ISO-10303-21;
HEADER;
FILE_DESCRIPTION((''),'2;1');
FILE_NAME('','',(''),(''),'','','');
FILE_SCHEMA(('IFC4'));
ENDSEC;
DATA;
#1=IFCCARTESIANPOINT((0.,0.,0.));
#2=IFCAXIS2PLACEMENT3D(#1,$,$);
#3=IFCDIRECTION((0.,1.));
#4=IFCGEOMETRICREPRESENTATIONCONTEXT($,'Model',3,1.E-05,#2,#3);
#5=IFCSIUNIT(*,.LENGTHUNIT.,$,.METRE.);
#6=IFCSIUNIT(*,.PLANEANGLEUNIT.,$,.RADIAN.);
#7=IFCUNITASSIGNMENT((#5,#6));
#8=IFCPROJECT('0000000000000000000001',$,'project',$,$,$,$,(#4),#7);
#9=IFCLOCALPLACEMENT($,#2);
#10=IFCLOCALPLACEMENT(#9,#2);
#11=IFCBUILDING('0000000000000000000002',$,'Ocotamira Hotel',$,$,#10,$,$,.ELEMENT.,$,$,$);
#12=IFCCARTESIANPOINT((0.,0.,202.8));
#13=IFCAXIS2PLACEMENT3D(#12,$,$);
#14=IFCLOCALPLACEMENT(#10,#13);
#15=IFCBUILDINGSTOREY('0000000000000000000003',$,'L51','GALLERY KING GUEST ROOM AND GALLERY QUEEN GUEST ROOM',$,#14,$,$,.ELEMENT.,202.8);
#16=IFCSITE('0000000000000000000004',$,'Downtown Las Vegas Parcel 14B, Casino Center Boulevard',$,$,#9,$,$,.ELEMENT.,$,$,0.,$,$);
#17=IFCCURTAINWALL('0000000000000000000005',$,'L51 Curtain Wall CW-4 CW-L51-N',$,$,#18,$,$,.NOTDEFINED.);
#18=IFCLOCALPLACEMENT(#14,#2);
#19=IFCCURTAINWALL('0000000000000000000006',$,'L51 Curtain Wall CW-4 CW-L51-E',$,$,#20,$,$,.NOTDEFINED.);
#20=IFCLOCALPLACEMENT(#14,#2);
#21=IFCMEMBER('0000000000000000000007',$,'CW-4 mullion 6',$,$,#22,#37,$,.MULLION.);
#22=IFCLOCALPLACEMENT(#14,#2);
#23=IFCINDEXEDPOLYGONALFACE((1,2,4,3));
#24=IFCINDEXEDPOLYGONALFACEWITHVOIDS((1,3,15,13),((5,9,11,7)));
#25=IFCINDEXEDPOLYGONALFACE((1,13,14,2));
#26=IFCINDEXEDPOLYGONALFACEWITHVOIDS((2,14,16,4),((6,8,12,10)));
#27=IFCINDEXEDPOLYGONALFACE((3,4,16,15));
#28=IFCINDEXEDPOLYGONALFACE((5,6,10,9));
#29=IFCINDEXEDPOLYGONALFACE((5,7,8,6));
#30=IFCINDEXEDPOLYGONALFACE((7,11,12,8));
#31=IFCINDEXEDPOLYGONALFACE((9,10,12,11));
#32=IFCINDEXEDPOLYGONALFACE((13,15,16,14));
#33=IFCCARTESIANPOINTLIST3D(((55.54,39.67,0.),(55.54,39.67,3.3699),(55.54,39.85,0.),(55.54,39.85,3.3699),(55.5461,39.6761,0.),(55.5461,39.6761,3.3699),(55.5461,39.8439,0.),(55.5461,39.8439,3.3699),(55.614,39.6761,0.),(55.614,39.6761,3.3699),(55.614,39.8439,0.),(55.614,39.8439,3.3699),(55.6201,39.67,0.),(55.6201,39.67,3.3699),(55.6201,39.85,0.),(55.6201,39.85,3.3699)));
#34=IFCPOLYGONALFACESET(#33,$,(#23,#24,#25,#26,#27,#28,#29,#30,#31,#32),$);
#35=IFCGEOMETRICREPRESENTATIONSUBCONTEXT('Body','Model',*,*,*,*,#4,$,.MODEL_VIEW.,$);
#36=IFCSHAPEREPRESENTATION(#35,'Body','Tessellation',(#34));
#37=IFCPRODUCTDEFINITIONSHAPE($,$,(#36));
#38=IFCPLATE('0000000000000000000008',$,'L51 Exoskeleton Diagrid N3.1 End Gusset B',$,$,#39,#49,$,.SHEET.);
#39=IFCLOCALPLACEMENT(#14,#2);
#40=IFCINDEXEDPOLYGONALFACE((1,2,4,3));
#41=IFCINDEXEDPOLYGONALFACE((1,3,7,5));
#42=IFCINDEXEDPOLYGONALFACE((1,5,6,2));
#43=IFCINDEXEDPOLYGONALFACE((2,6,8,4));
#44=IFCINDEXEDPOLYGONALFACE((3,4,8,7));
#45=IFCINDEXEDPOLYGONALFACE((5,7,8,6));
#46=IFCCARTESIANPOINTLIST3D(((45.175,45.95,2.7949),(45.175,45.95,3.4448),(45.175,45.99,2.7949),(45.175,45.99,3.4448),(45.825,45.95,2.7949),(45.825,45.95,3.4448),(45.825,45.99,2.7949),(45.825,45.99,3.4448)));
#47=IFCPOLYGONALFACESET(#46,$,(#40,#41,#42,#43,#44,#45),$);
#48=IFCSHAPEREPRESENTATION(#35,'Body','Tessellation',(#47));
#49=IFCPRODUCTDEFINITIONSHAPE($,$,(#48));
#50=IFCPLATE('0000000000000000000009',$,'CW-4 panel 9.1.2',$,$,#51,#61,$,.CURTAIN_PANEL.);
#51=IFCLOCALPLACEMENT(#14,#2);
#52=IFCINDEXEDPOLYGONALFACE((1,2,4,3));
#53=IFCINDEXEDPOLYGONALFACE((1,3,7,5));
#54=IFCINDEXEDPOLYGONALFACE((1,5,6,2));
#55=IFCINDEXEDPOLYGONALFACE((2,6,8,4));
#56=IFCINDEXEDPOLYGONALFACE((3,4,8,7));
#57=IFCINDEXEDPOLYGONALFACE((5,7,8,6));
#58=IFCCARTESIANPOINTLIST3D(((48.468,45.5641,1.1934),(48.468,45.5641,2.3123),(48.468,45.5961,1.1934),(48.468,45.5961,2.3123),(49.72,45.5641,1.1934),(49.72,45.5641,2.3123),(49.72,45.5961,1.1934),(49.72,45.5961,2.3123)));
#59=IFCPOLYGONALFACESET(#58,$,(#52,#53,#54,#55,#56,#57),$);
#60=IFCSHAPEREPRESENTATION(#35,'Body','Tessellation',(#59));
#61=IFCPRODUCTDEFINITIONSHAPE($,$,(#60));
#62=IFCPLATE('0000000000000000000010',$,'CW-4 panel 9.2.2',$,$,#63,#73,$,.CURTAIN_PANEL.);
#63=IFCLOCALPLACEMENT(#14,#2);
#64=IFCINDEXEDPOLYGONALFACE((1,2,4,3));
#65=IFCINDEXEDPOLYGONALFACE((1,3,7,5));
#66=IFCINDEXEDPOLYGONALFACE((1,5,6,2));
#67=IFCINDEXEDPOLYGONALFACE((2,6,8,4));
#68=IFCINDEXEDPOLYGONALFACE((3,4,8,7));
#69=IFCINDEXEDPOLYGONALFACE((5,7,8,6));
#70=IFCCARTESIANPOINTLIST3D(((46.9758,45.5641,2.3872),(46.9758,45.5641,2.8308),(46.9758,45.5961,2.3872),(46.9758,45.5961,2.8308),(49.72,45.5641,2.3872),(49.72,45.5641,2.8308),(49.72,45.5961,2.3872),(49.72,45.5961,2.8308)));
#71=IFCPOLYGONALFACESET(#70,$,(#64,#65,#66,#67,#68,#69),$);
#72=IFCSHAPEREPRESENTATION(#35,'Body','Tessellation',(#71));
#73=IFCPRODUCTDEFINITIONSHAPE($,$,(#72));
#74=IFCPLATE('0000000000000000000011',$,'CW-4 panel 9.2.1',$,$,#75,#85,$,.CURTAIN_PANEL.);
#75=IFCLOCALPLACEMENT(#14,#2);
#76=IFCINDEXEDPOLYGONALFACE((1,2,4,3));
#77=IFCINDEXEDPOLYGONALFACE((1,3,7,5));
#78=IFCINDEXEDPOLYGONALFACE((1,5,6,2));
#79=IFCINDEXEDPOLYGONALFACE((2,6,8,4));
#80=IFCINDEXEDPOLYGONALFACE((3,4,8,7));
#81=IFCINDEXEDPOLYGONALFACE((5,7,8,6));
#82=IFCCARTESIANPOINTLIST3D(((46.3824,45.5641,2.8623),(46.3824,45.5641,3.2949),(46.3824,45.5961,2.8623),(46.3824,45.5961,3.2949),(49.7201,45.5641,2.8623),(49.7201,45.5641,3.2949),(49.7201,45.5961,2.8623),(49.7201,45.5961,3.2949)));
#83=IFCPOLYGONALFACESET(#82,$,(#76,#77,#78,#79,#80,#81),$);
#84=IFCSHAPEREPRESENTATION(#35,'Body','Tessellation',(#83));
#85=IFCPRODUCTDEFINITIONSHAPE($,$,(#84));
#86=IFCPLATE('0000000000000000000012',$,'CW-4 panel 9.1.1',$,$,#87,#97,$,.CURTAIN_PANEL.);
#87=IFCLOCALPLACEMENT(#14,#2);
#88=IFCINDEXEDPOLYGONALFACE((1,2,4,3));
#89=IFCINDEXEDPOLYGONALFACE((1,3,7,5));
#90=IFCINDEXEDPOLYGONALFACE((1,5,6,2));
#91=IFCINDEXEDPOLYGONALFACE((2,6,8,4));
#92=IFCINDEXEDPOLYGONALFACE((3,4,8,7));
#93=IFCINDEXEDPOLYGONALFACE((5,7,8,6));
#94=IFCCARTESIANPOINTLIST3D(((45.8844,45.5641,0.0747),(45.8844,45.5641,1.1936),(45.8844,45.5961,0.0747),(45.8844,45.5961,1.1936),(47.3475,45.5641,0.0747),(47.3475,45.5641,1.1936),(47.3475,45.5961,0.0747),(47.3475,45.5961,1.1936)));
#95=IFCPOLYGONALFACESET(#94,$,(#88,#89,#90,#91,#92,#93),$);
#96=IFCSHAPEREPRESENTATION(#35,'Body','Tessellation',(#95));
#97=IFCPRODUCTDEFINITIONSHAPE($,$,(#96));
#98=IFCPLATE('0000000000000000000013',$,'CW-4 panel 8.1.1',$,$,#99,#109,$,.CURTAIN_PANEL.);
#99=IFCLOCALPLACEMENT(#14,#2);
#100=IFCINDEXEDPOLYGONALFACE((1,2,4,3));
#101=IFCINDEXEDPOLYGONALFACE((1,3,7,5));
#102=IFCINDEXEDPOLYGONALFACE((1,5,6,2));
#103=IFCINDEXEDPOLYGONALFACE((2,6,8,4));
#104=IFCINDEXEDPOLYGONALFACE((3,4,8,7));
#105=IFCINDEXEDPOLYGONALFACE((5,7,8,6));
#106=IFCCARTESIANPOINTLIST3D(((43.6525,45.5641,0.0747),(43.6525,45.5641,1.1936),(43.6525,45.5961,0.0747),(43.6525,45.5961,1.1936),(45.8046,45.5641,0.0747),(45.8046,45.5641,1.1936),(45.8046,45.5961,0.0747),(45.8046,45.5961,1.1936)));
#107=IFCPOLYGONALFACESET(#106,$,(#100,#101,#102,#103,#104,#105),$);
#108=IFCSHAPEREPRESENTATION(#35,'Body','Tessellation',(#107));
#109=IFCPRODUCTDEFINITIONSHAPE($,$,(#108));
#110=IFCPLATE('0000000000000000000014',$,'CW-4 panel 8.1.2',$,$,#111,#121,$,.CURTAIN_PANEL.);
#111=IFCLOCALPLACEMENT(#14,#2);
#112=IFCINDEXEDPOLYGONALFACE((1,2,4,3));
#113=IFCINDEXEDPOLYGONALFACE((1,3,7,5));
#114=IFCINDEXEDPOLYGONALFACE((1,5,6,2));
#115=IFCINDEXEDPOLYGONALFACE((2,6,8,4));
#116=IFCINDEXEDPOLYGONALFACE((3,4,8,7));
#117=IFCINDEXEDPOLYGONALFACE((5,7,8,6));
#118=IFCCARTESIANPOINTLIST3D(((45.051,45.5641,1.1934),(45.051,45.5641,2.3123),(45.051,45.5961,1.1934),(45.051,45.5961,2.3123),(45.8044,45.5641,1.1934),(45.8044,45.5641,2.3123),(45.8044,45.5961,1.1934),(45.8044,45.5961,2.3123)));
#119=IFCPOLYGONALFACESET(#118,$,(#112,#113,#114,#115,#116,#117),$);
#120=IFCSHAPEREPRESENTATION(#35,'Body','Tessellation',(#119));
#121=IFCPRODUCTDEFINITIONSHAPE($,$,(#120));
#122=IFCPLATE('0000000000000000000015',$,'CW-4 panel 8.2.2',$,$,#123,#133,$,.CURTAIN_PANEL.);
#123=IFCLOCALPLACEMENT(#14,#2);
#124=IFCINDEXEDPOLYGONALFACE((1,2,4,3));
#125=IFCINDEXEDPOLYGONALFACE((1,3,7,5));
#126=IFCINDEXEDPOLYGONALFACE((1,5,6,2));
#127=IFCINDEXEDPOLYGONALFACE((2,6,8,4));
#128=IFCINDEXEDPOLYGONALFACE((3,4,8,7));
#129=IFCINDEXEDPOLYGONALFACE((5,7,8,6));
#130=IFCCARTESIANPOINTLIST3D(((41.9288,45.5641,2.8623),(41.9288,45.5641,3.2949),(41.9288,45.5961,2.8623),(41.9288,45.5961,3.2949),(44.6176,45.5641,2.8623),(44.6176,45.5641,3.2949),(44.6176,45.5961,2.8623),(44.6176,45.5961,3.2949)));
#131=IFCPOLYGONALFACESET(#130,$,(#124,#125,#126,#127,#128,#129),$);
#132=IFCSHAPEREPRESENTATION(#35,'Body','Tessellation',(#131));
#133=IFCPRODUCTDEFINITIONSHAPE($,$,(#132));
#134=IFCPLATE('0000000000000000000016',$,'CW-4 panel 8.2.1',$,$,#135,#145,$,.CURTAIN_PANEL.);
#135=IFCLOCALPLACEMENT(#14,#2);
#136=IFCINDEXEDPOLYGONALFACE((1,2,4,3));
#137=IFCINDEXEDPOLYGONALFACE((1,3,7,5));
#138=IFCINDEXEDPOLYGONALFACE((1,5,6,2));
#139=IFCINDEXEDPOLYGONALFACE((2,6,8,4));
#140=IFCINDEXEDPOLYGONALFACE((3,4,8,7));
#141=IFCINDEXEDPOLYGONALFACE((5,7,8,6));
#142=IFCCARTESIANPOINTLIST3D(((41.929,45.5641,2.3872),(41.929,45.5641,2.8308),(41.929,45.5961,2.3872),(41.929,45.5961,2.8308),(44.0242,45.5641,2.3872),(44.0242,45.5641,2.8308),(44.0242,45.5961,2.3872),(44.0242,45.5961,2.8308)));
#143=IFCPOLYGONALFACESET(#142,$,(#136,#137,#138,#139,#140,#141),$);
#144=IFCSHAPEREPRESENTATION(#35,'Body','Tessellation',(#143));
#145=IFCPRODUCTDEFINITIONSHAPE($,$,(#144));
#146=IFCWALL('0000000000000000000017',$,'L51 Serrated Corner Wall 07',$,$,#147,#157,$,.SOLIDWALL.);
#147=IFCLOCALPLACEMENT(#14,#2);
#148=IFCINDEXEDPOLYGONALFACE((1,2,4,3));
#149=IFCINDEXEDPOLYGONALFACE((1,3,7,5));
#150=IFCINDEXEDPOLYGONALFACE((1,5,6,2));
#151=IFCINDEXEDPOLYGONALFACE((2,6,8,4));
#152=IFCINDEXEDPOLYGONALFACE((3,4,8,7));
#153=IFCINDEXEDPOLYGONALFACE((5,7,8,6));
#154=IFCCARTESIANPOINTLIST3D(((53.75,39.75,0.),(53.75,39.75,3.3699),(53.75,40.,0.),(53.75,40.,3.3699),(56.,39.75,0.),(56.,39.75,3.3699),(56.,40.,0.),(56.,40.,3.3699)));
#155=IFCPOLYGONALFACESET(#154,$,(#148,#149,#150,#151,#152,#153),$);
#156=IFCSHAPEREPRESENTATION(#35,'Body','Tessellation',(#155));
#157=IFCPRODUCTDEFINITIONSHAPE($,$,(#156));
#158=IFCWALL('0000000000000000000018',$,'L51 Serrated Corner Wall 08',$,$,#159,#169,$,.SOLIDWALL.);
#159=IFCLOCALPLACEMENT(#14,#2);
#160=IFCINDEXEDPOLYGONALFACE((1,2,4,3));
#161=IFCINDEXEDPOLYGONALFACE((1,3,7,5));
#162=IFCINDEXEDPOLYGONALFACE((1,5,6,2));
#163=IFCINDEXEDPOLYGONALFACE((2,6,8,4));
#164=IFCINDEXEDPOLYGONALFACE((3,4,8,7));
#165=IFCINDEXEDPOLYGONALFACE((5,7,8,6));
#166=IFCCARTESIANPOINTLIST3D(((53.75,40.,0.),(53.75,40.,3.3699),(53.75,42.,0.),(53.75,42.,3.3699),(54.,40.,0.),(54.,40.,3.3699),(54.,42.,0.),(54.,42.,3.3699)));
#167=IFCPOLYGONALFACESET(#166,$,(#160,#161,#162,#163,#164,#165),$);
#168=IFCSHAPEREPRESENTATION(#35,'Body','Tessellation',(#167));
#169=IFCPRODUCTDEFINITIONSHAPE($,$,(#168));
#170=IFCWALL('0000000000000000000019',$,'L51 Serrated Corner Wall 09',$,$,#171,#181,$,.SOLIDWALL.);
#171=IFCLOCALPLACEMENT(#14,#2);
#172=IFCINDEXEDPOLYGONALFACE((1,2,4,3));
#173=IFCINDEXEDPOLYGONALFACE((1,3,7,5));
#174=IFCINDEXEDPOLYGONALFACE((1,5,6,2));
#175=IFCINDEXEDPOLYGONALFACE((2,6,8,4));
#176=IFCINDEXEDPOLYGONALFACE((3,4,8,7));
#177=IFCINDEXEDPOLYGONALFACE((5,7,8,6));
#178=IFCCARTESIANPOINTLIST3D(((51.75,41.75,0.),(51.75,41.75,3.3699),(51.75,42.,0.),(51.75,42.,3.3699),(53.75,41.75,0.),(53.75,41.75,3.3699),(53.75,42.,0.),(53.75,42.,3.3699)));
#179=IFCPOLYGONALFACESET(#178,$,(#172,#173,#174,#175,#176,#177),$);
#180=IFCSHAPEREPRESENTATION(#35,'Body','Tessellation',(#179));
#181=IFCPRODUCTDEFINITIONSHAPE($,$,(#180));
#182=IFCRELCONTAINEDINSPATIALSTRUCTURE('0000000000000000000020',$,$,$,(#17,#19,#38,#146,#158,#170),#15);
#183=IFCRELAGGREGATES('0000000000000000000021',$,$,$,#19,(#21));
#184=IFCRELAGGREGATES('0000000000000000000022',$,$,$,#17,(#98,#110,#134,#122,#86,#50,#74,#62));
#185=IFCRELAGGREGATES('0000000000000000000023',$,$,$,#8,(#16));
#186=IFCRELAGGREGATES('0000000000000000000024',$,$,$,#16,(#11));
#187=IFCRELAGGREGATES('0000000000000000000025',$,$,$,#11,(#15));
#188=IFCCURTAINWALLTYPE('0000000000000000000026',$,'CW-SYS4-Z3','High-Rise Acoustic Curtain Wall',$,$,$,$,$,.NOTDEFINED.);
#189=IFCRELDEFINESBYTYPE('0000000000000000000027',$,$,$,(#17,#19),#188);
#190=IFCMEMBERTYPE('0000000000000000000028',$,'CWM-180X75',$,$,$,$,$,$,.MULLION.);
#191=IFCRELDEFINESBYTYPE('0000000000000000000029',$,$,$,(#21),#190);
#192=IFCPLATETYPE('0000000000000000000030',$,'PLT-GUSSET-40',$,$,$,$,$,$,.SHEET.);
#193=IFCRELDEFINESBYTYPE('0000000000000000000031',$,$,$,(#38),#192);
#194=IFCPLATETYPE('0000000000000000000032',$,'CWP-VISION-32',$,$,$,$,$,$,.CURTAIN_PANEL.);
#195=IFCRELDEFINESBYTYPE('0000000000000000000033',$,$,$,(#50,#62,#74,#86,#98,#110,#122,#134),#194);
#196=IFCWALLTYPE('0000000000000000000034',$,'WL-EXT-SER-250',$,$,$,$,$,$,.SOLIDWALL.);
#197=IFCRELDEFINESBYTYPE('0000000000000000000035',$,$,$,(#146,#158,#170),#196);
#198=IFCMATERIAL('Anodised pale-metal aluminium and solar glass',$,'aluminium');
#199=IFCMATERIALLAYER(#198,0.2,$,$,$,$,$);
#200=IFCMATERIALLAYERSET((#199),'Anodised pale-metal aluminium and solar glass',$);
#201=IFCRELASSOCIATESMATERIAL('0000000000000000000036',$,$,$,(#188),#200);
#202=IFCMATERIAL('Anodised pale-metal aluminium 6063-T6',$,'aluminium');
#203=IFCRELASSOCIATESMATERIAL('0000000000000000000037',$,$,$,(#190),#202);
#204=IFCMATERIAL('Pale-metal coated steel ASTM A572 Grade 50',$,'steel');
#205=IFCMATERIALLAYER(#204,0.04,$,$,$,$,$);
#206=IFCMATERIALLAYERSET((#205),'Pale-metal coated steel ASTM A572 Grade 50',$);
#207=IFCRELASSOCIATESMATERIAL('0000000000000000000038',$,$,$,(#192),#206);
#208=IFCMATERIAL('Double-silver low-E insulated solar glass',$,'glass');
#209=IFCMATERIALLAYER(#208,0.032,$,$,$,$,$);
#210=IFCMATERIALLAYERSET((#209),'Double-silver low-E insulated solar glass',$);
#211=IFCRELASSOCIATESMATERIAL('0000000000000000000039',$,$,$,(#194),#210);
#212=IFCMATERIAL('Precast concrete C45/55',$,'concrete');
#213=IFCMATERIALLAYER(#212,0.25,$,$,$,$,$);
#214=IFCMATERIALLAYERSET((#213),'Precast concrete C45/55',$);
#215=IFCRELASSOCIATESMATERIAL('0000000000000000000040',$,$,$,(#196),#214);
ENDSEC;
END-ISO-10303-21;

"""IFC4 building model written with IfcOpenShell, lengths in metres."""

from ifc_helpers import new_model, si_unit, direction, frame, frame_2d, origin, origin_2d, place, context, subcontext, project, spatial, rectangle, hollow_rectangle, extrude, source, transform, mapped, material, layer, layer_set, material_profile, profile_set, type_object, element, aggregate, save


model = new_model("IFC4")

# Units and contexts
model_context = context("Model", 3, precision=1e-05, world=origin(), true_north=direction((0.0, 1.0)))
body_context = subcontext(model_context, "Body", "Model", "MODEL_VIEW")
ifc_project = project(units=[si_unit("LENGTHUNIT", "METRE"), si_unit("PLANEANGLEUNIT", "RADIAN")], contexts=[model_context])

# Site, building, storey
site_placement = place(None, origin())
site = spatial("IfcSite", under=ifc_project, at=site_placement, Name="Downtown Las Vegas Parcel 14B, Casino Center Boulevard", CompositionType="ELEMENT", RefElevation=0.0)
building_placement = place(site_placement, origin())
building = spatial("IfcBuilding", under=site, at=building_placement, Name="Ocotamira Hotel", CompositionType="ELEMENT")
storey_placement = place(building_placement, frame((0.0, 0.0, 202.8)))
storey = spatial("IfcBuildingStorey", under=building, at=storey_placement, Name="L51", Description="GALLERY KING GUEST ROOM AND GALLERY QUEEN GUEST ROOM", CompositionType="ELEMENT", Elevation=202.8)

# Curtain wall
ifc_material_1 = material(Name="Anodised pale-metal aluminium and solar glass", Category="aluminium")
ifc_layer_1 = layer(ifc_material_1, 0.2)
ifc_layer_set_1 = layer_set([ifc_layer_1], Name="Anodised pale-metal aluminium and solar glass")
curtain_wall_type = type_object("IfcCurtainWallType", Name="CW-SYS4-Z3", Description="High-Rise Acoustic Curtain Wall", PredefinedType="NOTDEFINED", material=ifc_layer_set_1)
curtain_wall_1_placement = place(storey_placement, origin())
curtain_wall_1 = element("IfcCurtainWall", 1, at=curtain_wall_1_placement, inside=storey, type_object=curtain_wall_type, Name="L51 Curtain Wall CW-4 CW-L51-N", PredefinedType="NOTDEFINED")
ifc_material_2 = material(Name="Anodised pale-metal aluminium 6063-T6", Category="aluminium")
ifc_material_profile_1 = material_profile(ifc_material_2, hollow_rectangle(XDim=0.0801, YDim=0.1799, WallThickness=0.0061, at=origin_2d()), Name="HSS180X80X6")
ifc_profile_set_1 = profile_set([ifc_material_profile_1], Name="Anodised pale-metal aluminium 6063-T6")
member_type_1 = type_object("IfcMemberType", Name="CWM-180X75", PredefinedType="MULLION", material=ifc_profile_set_1)
shared_shape_1 = source(origin(), body_context, "Body", "SweptSolid", [
    extrude(hollow_rectangle(XDim=0.0801, YDim=0.1799, WallThickness=0.0061, at=origin_2d()), origin(), (0.0, 0.0, 1.0), 3.3699),
])

# Curtain wall, member
curtain_wall_2_placement = place(storey_placement, origin())
curtain_wall_2 = element("IfcCurtainWall", 2, at=curtain_wall_2_placement, inside=storey, type_object=curtain_wall_type, Name="L51 Curtain Wall CW-4 CW-L51-E", PredefinedType="NOTDEFINED")
member_1_placement = place(storey_placement, frame((55.5801, 39.76, 0.0), z_axis=(0.0, 0.0, 1.0), x_axis=(-1.0, 0.0, 0.0)))
member_1 = element("IfcMember", 3, at=member_1_placement, type_object=member_type_1, Name="CW-4 mullion 6", PredefinedType="MULLION", context=body_context, shape_type="MappedRepresentation", body=[
    mapped(shared_shape_1, transform((0.0, 0.0, 0.0), scale=1.0)),
])
aggregate(curtain_wall_2, [member_1])

# Plates
ifc_material_3 = material(Name="Pale-metal coated steel ASTM A572 Grade 50", Category="steel")
ifc_layer_2 = layer(ifc_material_3, 0.04)
ifc_layer_set_2 = layer_set([ifc_layer_2], Name="Pale-metal coated steel ASTM A572 Grade 50")
plate_type_1 = type_object("IfcPlateType", Name="PLT-GUSSET-40", PredefinedType="SHEET", material=ifc_layer_set_2)
shared_shape_2 = source(origin(), body_context, "Body", "SweptSolid", [
    extrude(rectangle(XDim=0.6499, YDim=0.04, at=origin_2d()), origin(), (0.0, 0.0, 1.0), 0.6499),
])
plate_1_placement = place(storey_placement, frame((45.5, 45.97, 2.7949), z_axis=(0.0, 0.0, 1.0), x_axis=(1.0, 0.0, 0.0)))
element("IfcPlate", 4, at=plate_1_placement, inside=storey, type_object=plate_type_1, Name="L51 Exoskeleton Diagrid N3.1 End Gusset B", PredefinedType="SHEET", context=body_context, shape_type="MappedRepresentation", body=[
    mapped(shared_shape_2, transform((0.0, 0.0, 0.0), scale=1.0)),
])
ifc_material_4 = material(Name="Double-silver low-E insulated solar glass", Category="glass")
ifc_layer_3 = layer(ifc_material_4, 0.032)
ifc_layer_set_3 = layer_set([ifc_layer_3], Name="Double-silver low-E insulated solar glass")
plate_type_2 = type_object("IfcPlateType", Name="CWP-VISION-32", PredefinedType="CURTAIN_PANEL", material=ifc_layer_set_3)
shared_shape_3 = source(origin(), body_context, "Body", "SweptSolid", [
    extrude(rectangle(XDim=1.252, YDim=0.032, at=origin_2d()), origin(), (0.0, 0.0, 1.0), 1.1189),
])
plate_2_placement = place(storey_placement, frame((49.094, 45.5801, 1.1934), z_axis=(0.0, 0.0, 1.0), x_axis=(1.0, 0.0, 0.0)))
plate_2 = element("IfcPlate", 5, at=plate_2_placement, type_object=plate_type_2, Name="CW-4 panel 9.1.2", PredefinedType="CURTAIN_PANEL", context=body_context, shape_type="MappedRepresentation", body=[
    mapped(shared_shape_3, transform((0.0, 0.0, 0.0), scale=1.0)),
])
shared_shape_4 = source(origin(), body_context, "Body", "SweptSolid", [
    extrude(rectangle(XDim=2.7441, YDim=0.032, at=origin_2d()), origin(), (0.0, 0.0, 1.0), 0.4436),
])
plate_3_placement = place(storey_placement, frame((48.3479, 45.5801, 2.3872), z_axis=(0.0, 0.0, 1.0), x_axis=(1.0, 0.0, 0.0)))
plate_3 = element("IfcPlate", 6, at=plate_3_placement, type_object=plate_type_2, Name="CW-4 panel 9.2.2", PredefinedType="CURTAIN_PANEL", context=body_context, shape_type="MappedRepresentation", body=[
    mapped(shared_shape_4, transform((0.0, 0.0, 0.0), scale=1.0)),
])
shared_shape_5 = source(origin(), body_context, "Body", "SweptSolid", [
    extrude(rectangle(XDim=3.3376, YDim=0.032, at=origin_2d()), origin(), (0.0, 0.0, 1.0), 0.4326),
])
plate_4_placement = place(storey_placement, frame((48.0513, 45.5801, 2.8623), z_axis=(0.0, 0.0, 1.0), x_axis=(1.0, 0.0, 0.0)))
plate_4 = element("IfcPlate", 7, at=plate_4_placement, type_object=plate_type_2, Name="CW-4 panel 9.2.1", PredefinedType="CURTAIN_PANEL", context=body_context, shape_type="MappedRepresentation", body=[
    mapped(shared_shape_5, transform((0.0, 0.0, 0.0), scale=1.0)),
])
shared_shape_6 = source(origin(), body_context, "Body", "SweptSolid", [
    extrude(rectangle(XDim=1.4631, YDim=0.032, at=origin_2d()), origin(), (0.0, 0.0, 1.0), 1.1189),
])
plate_5_placement = place(storey_placement, frame((46.616, 45.5801, 0.0747), z_axis=(0.0, 0.0, 1.0), x_axis=(1.0, 0.0, 0.0)))
plate_5 = element("IfcPlate", 8, at=plate_5_placement, type_object=plate_type_2, Name="CW-4 panel 9.1.1", PredefinedType="CURTAIN_PANEL", context=body_context, shape_type="MappedRepresentation", body=[
    mapped(shared_shape_6, transform((0.0, 0.0, 0.0), scale=1.0)),
])
shared_shape_7 = source(origin(), body_context, "Body", "SweptSolid", [
    extrude(rectangle(XDim=2.1521, YDim=0.032, at=origin_2d()), origin(), (0.0, 0.0, 1.0), 1.1189),
])
plate_6_placement = place(storey_placement, frame((44.7285, 45.5801, 0.0747), z_axis=(0.0, 0.0, 1.0), x_axis=(1.0, 0.0, 0.0)))
plate_6 = element("IfcPlate", 9, at=plate_6_placement, type_object=plate_type_2, Name="CW-4 panel 8.1.1", PredefinedType="CURTAIN_PANEL", context=body_context, shape_type="MappedRepresentation", body=[
    mapped(shared_shape_7, transform((0.0, 0.0, 0.0), scale=1.0)),
])
shared_shape_8 = source(origin(), body_context, "Body", "SweptSolid", [
    extrude(rectangle(XDim=0.7534, YDim=0.032, at=origin_2d()), origin(), (0.0, 0.0, 1.0), 1.1189),
])
plate_7_placement = place(storey_placement, frame((45.4277, 45.5801, 1.1934), z_axis=(0.0, 0.0, 1.0), x_axis=(1.0, 0.0, 0.0)))
plate_7 = element("IfcPlate", 10, at=plate_7_placement, type_object=plate_type_2, Name="CW-4 panel 8.1.2", PredefinedType="CURTAIN_PANEL", context=body_context, shape_type="MappedRepresentation", body=[
    mapped(shared_shape_8, transform((0.0, 0.0, 0.0), scale=1.0)),
])
shared_shape_9 = source(origin(), body_context, "Body", "SweptSolid", [
    extrude(rectangle(XDim=2.6887, YDim=0.032, at=origin_2d()), origin(), (0.0, 0.0, 1.0), 0.4326),
])
plate_8_placement = place(storey_placement, frame((43.2732, 45.5801, 2.8623), z_axis=(0.0, 0.0, 1.0), x_axis=(1.0, 0.0, 0.0)))
plate_8 = element("IfcPlate", 11, at=plate_8_placement, type_object=plate_type_2, Name="CW-4 panel 8.2.2", PredefinedType="CURTAIN_PANEL", context=body_context, shape_type="MappedRepresentation", body=[
    mapped(shared_shape_9, transform((0.0, 0.0, 0.0), scale=1.0)),
])
shared_shape_10 = source(origin(), body_context, "Body", "SweptSolid", [
    extrude(rectangle(XDim=2.0952, YDim=0.032, at=origin_2d()), origin(), (0.0, 0.0, 1.0), 0.4436),
])
plate_9_placement = place(storey_placement, frame((42.9766, 45.5801, 2.3872), z_axis=(0.0, 0.0, 1.0), x_axis=(1.0, 0.0, 0.0)))
plate_9 = element("IfcPlate", 12, at=plate_9_placement, type_object=plate_type_2, Name="CW-4 panel 8.2.1", PredefinedType="CURTAIN_PANEL", context=body_context, shape_type="MappedRepresentation", body=[
    mapped(shared_shape_10, transform((0.0, 0.0, 0.0), scale=1.0)),
])
aggregate(curtain_wall_1, [plate_6, plate_7, plate_9, plate_8, plate_5, plate_2, plate_4, plate_3])

# Walls
ifc_material_5 = material(Name="Precast concrete C45/55", Category="concrete")
ifc_layer_4 = layer(ifc_material_5, 0.25)
ifc_layer_set_4 = layer_set([ifc_layer_4], Name="Precast concrete C45/55")
wall_type_1 = type_object("IfcWallType", Name="WL-EXT-SER-250", PredefinedType="SOLIDWALL", material=ifc_layer_set_4)
wall_1_placement = place(storey_placement, frame((56.0, 39.875, 0.0), z_axis=(0.0, 0.0, 1.0), x_axis=(-1.0, 0.0, 0.0)))
element("IfcWall", 13, at=wall_1_placement, inside=storey, type_object=wall_type_1, Name="L51 Serrated Corner Wall 07", PredefinedType="SOLIDWALL", context=body_context, shape_type="SweptSolid", body=[
    extrude(rectangle(XDim=2.25, YDim=0.25, at=frame_2d((1.125, 0.0))), origin(), (0.0, 0.0, 1.0), 3.3699),
])
for number, where, z_axis, x_axis, name in (
    (14, (53.875, 40.0, 0.0), (0.0, 0.0, 1.0), (0.0, 1.0, 0.0), "L51 Serrated Corner Wall 08"),
    (15, (53.75, 41.875, 0.0), (0.0, 0.0, 1.0), (-1.0, 0.0, 0.0), "L51 Serrated Corner Wall 09"),
):
    element("IfcWall", number, at=place(storey_placement, frame(where, z_axis=z_axis, x_axis=x_axis)), inside=storey, type_object=wall_type_1, Name=name, PredefinedType="SOLIDWALL", context=body_context, shape_type="SweptSolid", body=[
        extrude(rectangle(XDim=2.0, YDim=0.25, at=frame_2d((1.0, 0.0))), origin(), (0.0, 0.0, 1.0), 3.3699),
    ])

save(model, "model.ifc")
